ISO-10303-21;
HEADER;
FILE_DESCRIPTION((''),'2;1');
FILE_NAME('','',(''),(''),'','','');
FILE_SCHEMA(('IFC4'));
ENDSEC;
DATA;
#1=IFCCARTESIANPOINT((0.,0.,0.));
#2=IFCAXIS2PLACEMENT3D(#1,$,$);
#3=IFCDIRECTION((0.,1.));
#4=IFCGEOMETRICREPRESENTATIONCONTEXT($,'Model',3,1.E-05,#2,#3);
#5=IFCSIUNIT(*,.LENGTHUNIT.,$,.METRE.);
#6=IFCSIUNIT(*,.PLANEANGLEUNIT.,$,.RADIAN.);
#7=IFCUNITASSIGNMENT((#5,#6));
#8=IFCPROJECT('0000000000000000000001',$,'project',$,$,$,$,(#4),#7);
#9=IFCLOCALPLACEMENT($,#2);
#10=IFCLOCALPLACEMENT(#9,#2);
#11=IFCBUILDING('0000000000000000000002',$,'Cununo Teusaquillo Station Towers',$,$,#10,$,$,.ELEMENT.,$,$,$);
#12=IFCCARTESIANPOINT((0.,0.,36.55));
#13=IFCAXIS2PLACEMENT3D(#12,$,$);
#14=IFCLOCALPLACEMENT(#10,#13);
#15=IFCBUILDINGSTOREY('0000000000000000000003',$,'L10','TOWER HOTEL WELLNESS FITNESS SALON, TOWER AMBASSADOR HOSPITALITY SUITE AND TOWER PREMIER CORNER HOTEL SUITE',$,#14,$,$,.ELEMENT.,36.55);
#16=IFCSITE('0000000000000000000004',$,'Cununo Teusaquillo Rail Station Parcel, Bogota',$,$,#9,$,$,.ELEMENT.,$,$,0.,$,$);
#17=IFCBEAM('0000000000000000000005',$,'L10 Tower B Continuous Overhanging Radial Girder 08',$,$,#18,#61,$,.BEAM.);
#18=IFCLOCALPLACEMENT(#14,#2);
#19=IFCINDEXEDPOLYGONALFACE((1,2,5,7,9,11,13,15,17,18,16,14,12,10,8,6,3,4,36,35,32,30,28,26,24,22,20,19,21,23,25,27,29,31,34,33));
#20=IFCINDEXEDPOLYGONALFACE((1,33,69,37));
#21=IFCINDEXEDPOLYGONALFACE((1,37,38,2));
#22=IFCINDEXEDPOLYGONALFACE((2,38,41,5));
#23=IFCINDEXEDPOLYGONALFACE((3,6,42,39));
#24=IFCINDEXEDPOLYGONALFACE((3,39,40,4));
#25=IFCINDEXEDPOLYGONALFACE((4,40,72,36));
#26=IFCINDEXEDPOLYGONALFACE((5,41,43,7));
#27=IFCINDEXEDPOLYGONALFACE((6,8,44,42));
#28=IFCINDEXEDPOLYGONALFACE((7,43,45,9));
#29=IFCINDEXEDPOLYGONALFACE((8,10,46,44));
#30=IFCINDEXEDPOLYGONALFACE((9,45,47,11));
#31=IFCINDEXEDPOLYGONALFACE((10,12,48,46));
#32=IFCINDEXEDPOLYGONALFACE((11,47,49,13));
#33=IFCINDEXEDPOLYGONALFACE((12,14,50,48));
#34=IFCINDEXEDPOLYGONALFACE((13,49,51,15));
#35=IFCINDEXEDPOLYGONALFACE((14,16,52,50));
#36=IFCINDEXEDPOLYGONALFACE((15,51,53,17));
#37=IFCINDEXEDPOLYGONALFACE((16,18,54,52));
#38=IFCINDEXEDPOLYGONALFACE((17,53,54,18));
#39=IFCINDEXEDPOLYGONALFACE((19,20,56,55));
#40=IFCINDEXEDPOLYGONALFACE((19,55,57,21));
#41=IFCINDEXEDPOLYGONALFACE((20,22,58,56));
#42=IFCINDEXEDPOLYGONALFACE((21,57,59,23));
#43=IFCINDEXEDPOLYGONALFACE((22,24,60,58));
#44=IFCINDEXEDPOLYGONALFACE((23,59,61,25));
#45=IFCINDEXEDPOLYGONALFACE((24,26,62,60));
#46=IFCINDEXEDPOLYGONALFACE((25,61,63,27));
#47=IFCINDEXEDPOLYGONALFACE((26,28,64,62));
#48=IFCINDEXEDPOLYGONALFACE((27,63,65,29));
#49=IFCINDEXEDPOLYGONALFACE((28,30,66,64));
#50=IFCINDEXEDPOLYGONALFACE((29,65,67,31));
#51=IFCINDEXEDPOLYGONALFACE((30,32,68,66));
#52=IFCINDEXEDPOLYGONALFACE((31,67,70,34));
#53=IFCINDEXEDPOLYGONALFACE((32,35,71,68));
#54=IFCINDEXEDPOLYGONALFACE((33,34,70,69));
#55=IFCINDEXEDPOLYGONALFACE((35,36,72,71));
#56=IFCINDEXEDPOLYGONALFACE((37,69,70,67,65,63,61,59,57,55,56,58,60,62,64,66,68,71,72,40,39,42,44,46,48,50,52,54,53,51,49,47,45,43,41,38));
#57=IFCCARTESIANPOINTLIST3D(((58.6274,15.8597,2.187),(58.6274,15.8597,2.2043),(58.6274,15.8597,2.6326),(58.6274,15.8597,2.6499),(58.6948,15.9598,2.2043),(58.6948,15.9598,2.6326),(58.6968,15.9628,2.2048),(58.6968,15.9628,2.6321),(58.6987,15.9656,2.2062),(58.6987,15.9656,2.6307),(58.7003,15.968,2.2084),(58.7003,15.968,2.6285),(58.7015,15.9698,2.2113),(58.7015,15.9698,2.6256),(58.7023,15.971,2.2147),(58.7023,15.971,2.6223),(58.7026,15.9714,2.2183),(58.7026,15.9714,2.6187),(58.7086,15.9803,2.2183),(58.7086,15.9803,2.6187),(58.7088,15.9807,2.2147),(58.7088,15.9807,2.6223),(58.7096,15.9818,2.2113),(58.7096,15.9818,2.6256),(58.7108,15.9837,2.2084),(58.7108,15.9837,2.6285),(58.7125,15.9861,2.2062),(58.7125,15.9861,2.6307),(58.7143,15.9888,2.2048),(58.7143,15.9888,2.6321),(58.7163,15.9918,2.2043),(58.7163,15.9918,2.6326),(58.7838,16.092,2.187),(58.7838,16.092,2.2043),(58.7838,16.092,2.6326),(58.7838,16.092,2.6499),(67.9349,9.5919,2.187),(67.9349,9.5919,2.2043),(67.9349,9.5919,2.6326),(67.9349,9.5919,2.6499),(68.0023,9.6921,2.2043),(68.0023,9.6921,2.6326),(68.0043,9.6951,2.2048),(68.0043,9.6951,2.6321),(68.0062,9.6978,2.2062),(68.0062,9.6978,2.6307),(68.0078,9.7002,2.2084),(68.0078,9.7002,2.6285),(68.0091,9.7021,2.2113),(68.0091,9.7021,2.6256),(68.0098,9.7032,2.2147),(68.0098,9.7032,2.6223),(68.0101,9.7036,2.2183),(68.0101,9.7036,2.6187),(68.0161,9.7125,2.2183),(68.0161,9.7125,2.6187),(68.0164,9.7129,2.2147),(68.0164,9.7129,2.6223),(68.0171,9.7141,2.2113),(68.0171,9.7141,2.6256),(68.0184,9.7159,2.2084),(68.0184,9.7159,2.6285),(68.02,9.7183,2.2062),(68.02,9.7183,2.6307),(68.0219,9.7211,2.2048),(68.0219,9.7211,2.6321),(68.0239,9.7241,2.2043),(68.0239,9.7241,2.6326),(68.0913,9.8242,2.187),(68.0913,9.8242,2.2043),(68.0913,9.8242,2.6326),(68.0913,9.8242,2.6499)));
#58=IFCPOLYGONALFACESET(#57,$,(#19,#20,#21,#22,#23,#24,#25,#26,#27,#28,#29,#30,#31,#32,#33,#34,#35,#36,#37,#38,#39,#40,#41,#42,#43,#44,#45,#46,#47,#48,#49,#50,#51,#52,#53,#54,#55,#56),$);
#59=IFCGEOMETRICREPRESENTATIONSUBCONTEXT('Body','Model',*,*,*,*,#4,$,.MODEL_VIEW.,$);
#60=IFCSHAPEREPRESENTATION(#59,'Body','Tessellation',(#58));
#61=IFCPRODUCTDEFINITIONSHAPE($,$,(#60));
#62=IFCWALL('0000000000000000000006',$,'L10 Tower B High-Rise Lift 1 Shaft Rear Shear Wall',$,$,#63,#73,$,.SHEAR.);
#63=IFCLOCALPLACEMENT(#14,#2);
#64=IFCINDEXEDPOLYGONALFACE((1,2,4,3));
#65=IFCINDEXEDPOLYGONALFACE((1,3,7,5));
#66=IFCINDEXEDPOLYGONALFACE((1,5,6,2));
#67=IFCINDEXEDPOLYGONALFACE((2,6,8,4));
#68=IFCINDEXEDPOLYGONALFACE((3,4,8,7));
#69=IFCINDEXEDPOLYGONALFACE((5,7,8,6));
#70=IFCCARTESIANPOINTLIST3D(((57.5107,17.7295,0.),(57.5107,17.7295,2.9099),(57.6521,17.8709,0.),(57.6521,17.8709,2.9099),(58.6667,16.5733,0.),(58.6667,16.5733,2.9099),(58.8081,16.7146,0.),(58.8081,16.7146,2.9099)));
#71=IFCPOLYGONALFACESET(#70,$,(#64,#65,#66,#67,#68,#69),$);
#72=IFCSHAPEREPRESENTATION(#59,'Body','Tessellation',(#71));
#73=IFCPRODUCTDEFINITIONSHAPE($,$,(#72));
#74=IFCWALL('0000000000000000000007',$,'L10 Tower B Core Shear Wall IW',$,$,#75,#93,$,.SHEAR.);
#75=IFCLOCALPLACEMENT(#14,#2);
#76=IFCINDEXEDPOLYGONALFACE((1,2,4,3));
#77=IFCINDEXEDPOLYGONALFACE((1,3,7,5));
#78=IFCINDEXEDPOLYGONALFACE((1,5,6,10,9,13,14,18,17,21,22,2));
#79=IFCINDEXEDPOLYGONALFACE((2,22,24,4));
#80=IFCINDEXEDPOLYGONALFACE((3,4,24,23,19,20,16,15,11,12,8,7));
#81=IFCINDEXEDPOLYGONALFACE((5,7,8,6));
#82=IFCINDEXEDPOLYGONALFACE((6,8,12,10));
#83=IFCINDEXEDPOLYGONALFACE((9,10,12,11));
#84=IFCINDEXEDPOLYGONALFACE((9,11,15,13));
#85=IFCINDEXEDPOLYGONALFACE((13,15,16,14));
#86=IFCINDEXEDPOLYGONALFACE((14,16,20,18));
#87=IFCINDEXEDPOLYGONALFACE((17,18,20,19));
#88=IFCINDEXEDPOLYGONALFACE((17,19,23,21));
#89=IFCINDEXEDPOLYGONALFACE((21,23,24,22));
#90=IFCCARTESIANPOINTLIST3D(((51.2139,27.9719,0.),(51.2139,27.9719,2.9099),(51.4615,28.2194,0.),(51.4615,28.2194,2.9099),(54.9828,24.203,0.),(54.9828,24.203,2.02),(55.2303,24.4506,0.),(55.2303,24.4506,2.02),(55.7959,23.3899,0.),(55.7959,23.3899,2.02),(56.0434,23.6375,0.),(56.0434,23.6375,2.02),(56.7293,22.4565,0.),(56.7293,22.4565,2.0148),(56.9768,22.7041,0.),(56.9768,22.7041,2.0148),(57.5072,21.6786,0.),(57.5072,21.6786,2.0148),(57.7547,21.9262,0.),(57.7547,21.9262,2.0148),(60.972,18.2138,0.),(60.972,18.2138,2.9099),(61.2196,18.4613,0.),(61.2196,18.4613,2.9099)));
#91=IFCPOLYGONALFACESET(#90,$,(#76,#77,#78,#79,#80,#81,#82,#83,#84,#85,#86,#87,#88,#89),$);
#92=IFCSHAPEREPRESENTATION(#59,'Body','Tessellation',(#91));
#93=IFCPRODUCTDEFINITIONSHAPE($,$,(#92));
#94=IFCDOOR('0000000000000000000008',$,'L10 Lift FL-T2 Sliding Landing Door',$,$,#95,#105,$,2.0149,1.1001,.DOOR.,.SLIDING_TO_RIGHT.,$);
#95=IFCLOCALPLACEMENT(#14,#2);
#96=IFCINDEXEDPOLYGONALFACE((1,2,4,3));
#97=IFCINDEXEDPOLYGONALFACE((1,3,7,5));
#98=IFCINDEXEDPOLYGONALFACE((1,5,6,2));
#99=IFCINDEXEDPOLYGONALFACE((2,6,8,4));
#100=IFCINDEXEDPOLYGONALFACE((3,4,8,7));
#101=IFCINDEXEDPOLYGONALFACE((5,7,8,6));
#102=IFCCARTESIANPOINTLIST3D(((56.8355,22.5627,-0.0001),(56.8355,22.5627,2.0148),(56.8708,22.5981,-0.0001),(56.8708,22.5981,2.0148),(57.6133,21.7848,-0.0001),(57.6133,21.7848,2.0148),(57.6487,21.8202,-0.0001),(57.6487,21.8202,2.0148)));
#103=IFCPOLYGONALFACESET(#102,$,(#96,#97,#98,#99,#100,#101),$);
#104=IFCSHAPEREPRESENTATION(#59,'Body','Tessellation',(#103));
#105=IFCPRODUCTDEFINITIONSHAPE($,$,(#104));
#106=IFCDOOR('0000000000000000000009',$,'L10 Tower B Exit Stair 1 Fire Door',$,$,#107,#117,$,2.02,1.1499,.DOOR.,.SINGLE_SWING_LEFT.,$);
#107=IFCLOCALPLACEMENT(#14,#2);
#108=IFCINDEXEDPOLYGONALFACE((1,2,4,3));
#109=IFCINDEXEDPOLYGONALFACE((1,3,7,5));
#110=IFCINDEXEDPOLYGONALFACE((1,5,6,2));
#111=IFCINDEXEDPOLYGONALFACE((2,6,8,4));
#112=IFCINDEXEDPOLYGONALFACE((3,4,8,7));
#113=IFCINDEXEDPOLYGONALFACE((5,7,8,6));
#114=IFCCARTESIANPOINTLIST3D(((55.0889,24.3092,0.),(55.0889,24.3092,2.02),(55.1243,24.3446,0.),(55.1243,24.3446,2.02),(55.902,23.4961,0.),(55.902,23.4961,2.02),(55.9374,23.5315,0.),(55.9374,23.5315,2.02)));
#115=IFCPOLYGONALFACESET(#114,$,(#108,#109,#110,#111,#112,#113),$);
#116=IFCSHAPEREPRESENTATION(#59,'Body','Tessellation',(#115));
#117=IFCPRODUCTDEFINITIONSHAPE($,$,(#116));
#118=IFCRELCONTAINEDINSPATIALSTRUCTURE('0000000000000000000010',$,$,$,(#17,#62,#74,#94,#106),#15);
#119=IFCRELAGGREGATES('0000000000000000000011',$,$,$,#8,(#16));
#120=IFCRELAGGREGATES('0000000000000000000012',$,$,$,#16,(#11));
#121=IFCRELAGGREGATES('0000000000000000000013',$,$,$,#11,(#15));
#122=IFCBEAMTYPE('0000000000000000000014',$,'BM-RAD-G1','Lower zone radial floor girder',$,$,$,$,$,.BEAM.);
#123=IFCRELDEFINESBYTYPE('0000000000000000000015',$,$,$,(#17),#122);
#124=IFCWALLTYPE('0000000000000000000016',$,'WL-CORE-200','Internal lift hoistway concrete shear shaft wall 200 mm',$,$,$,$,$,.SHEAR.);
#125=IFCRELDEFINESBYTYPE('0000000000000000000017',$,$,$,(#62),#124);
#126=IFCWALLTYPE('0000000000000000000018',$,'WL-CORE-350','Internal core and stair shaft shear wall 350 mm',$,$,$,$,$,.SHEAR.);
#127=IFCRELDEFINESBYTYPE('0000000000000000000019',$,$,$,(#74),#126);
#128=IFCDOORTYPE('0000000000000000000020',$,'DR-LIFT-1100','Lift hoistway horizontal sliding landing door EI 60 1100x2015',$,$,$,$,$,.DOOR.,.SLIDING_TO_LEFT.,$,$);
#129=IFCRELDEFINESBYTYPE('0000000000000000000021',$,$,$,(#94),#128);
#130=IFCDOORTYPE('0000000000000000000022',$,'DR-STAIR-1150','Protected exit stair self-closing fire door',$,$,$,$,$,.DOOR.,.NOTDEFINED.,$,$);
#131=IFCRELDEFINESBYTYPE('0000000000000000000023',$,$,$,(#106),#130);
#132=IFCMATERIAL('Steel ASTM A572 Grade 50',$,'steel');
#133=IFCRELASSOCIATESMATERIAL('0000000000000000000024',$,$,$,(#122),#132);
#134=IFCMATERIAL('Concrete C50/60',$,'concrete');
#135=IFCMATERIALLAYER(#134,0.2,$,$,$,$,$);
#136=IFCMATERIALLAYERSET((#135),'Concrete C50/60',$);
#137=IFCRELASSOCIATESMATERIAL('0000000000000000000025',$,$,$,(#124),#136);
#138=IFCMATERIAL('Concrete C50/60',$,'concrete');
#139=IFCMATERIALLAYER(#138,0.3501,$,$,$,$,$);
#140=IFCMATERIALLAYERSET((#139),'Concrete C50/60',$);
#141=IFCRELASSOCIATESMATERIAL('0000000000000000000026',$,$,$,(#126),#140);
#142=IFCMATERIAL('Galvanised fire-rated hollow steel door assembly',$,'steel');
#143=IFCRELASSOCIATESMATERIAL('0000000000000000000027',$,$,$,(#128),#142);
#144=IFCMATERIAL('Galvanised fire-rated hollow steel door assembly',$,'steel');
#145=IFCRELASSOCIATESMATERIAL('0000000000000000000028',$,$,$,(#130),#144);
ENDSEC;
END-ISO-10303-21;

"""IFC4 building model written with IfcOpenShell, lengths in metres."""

from ifc_helpers import new_model, si_unit, direction, frame, frame_2d, origin, origin_2d, place, context, subcontext, project, spatial, rectangle, i_section, extrude, source, transform, mapped, material, layer, layer_set, material_profile, profile_set, type_object, element, fill, save


model = new_model("IFC4")

# Units and contexts
model_context = context("Model", 3, precision=1e-05, world=origin(), true_north=direction((0.0, 1.0)))
body_context = subcontext(model_context, "Body", "Model", "MODEL_VIEW")
ifc_project = project(units=[si_unit("LENGTHUNIT", "METRE"), si_unit("PLANEANGLEUNIT", "RADIAN")], contexts=[model_context])

# Site, building, storey
site_placement = place(None, origin())
site = spatial("IfcSite", under=ifc_project, at=site_placement, Name="Cununo Teusaquillo Rail Station Parcel, Bogota", CompositionType="ELEMENT", RefElevation=0.0)
building_placement = place(site_placement, origin())
building = spatial("IfcBuilding", under=site, at=building_placement, Name="Cununo Teusaquillo Station Towers", CompositionType="ELEMENT")
storey_placement = place(building_placement, frame((0.0, 0.0, 36.55)))
storey = spatial("IfcBuildingStorey", under=building, at=storey_placement, Name="L10", Description="TOWER HOTEL WELLNESS FITNESS SALON, TOWER AMBASSADOR HOSPITALITY SUITE AND TOWER PREMIER CORNER HOTEL SUITE", CompositionType="ELEMENT", Elevation=36.55)

# Beam
ifc_material_1 = material(Name="Steel ASTM A572 Grade 50", Category="steel")
ifc_material_profile_1 = material_profile(ifc_material_1, i_section(OverallWidth=0.28, OverallDepth=0.4629, WebThickness=0.0107, FlangeThickness=0.0173, FilletRadius=0.0139, at=origin_2d()), Name="W18X76")
ifc_profile_set_1 = profile_set([ifc_material_profile_1], Name="Steel ASTM A572 Grade 50")
beam_type_1 = type_object("IfcBeamType", Name="BM-RAD-G1", Description="Lower zone radial floor girder", PredefinedType="BEAM", material=ifc_profile_set_1)
beam_1_placement = place(storey_placement, frame((58.7056, 15.9758, 2.4185), z_axis=(0.829461, -0.558565, 0.0), x_axis=(0.558565, 0.829461, 0.0)))
element("IfcBeam", 1, at=beam_1_placement, inside=storey, type_object=beam_type_1, Name="L10 Tower B Continuous Overhanging Radial Girder 08", PredefinedType="BEAM", context=body_context, shape_type="SweptSolid", body=[
    extrude(i_section(OverallWidth=0.28, OverallDepth=0.4629, WebThickness=0.0107, FlangeThickness=0.0173, FilletRadius=0.0139, at=origin_2d()), origin(), (0.0, 0.0, 1.0), 11.2212),
])

# Wall
ifc_material_2 = material(Name="Concrete C50/60", Category="concrete")
ifc_layer_1 = layer(ifc_material_2, 0.2)
ifc_layer_set_1 = layer_set([ifc_layer_1], Name="Concrete C50/60")
wall_type_1 = type_object("IfcWallType", Name="WL-CORE-200", Description="Internal lift hoistway concrete shear shaft wall 200 mm", PredefinedType="SHEAR", material=ifc_layer_set_1)
wall_1_placement = place(storey_placement, frame((58.7373, 16.644, 0.0), z_axis=(0.0, 0.0, 1.0), x_axis=(-0.707032, 0.707181, 0.0)))
element("IfcWall", 2, at=wall_1_placement, inside=storey, type_object=wall_type_1, Name="L10 Tower B High-Rise Lift 1 Shaft Rear Shear Wall", PredefinedType="SHEAR", context=body_context, shape_type="SweptSolid", body=[
    extrude(rectangle(XDim=1.635, YDim=0.2, at=frame_2d((0.8174, 0.0))), origin(), (0.0, 0.0, 1.0), 2.9099),
])

# Wall, openings, doors
ifc_material_3 = material(Name="Concrete C50/60", Category="concrete")
ifc_layer_2 = layer(ifc_material_3, 0.3501)
ifc_layer_set_2 = layer_set([ifc_layer_2], Name="Concrete C50/60")
wall_type_2 = type_object("IfcWallType", Name="WL-CORE-350", Description="Internal core and stair shaft shear wall 350 mm", PredefinedType="SHEAR", material=ifc_layer_set_2)
wall_2_placement = place(storey_placement, frame((61.0957, 18.3376, 0.0), z_axis=(0.0, 0.0, 1.0), x_axis=(-0.707107, 0.707107, 0.0)))
wall_2 = element("IfcWall", 3, at=wall_2_placement, inside=storey, type_object=wall_type_2, Name="L10 Tower B Core Shear Wall IW", PredefinedType="SHEAR", context=body_context, shape_type="SweptSolid", body=[
    extrude(rectangle(XDim=13.8, YDim=0.3501, at=frame_2d((6.8999, 0.0))), origin(), (0.0, 0.0, 1.0), 2.9099),
])
shared_shape_1 = source(origin(), body_context, "Body", "SweptSolid", [
    extrude(rectangle(XDim=1.1001, YDim=2.0149, at=frame_2d((0.55, 1.0073))), frame((0.0, 0.1851, 0.0), z_axis=(0.0, -1.0, 0.0), x_axis=(1.0, 0.0, 0.0)), (0.0, 0.0, 1.0), 0.3701),
])
opening_1_placement = place(wall_2_placement, frame((4.8999, 0.0, 0.0)))
opening_1 = element("IfcOpeningElement", 4, at=opening_1_placement, cuts=wall_2, PredefinedType="OPENING", context=body_context, shape_type="MappedRepresentation", body=[
    mapped(shared_shape_1, transform((0.0, 0.0, 0.0), x_axis=(1.0, 0.0, 0.0), y_axis=(0.0, 1.0, 0.0), z_axis=(0.0, 0.0, 1.0), scale=1.0)),
])
shared_shape_2 = source(origin(), body_context, "Body", "SweptSolid", [
    extrude(rectangle(XDim=1.1499, YDim=2.02, at=frame_2d((0.575, 1.01))), frame((0.0, 0.1851, 0.0), z_axis=(0.0, -1.0, 0.0), x_axis=(1.0, 0.0, 0.0)), (0.0, 0.0, 1.0), 0.3701),
])
opening_2_placement = place(wall_2_placement, frame((7.3201, 0.0, 0.0)))
opening_2 = element("IfcOpeningElement", 5, at=opening_2_placement, cuts=wall_2, PredefinedType="OPENING", context=body_context, shape_type="MappedRepresentation", body=[
    mapped(shared_shape_2, transform((0.0, 0.0, 0.0), x_axis=(1.0, 0.0, 0.0), y_axis=(0.0, 1.0, 0.0), z_axis=(0.0, 0.0, 1.0), scale=1.0)),
])
ifc_material_4 = material(Name="Galvanised fire-rated hollow steel door assembly", Category="steel")
door_type_1 = type_object("IfcDoorType", Name="DR-LIFT-1100", Description="Lift hoistway horizontal sliding landing door EI 60 1100x2015", OperationType="SLIDING_TO_LEFT", PredefinedType="DOOR", material=ifc_material_4)
shared_shape_3 = source(origin(), body_context, "Body", "SweptSolid", [
    extrude(rectangle(XDim=1.1001, YDim=2.0149, at=frame_2d((0.55, 1.0073))), frame((0.0, 0.0249, 0.0), z_axis=(0.0, -1.0, 0.0), x_axis=(1.0, 0.0, 0.0)), (0.0, 0.0, 1.0), 0.05),
])
door_1_placement = place(opening_1_placement, origin())
door_1 = element("IfcDoor", 6, at=door_1_placement, inside=storey, type_object=door_type_1, Name="L10 Lift FL-T2 Sliding Landing Door", OperationType="SLIDING_TO_RIGHT", OverallHeight=2.0149, OverallWidth=1.1001, PredefinedType="DOOR", context=body_context, shape_type="MappedRepresentation", body=[
    mapped(shared_shape_3, transform((0.0, 0.0, 0.0), x_axis=(1.0, 0.0, 0.0), y_axis=(0.0, 1.0, 0.0), z_axis=(0.0, 0.0, 1.0), scale=1.0)),
])
fill(opening_1, door_1)
ifc_material_5 = material(Name="Galvanised fire-rated hollow steel door assembly", Category="steel")
door_type_2 = type_object("IfcDoorType", Name="DR-STAIR-1150", Description="Protected exit stair self-closing fire door", OperationType="NOTDEFINED", PredefinedType="DOOR", material=ifc_material_5)
shared_shape_4 = source(origin(), body_context, "Body", "SweptSolid", [
    extrude(rectangle(XDim=1.1499, YDim=2.02, at=frame_2d((0.575, 1.01))), frame((0.0, 0.0249, 0.0), z_axis=(0.0, -1.0, 0.0), x_axis=(1.0, 0.0, 0.0)), (0.0, 0.0, 1.0), 0.05),
])
door_2_placement = place(opening_2_placement, origin())
door_2 = element("IfcDoor", 7, at=door_2_placement, inside=storey, type_object=door_type_2, Name="L10 Tower B Exit Stair 1 Fire Door", OperationType="SINGLE_SWING_LEFT", OverallHeight=2.02, OverallWidth=1.1499, PredefinedType="DOOR", context=body_context, shape_type="MappedRepresentation", body=[
    mapped(shared_shape_4, transform((0.0, 0.0, 0.0), x_axis=(1.0, 0.0, 0.0), y_axis=(0.0, 1.0, 0.0), z_axis=(0.0, 0.0, 1.0), scale=1.0)),
])
fill(opening_2, door_2)

save(model, "model.ifc")
